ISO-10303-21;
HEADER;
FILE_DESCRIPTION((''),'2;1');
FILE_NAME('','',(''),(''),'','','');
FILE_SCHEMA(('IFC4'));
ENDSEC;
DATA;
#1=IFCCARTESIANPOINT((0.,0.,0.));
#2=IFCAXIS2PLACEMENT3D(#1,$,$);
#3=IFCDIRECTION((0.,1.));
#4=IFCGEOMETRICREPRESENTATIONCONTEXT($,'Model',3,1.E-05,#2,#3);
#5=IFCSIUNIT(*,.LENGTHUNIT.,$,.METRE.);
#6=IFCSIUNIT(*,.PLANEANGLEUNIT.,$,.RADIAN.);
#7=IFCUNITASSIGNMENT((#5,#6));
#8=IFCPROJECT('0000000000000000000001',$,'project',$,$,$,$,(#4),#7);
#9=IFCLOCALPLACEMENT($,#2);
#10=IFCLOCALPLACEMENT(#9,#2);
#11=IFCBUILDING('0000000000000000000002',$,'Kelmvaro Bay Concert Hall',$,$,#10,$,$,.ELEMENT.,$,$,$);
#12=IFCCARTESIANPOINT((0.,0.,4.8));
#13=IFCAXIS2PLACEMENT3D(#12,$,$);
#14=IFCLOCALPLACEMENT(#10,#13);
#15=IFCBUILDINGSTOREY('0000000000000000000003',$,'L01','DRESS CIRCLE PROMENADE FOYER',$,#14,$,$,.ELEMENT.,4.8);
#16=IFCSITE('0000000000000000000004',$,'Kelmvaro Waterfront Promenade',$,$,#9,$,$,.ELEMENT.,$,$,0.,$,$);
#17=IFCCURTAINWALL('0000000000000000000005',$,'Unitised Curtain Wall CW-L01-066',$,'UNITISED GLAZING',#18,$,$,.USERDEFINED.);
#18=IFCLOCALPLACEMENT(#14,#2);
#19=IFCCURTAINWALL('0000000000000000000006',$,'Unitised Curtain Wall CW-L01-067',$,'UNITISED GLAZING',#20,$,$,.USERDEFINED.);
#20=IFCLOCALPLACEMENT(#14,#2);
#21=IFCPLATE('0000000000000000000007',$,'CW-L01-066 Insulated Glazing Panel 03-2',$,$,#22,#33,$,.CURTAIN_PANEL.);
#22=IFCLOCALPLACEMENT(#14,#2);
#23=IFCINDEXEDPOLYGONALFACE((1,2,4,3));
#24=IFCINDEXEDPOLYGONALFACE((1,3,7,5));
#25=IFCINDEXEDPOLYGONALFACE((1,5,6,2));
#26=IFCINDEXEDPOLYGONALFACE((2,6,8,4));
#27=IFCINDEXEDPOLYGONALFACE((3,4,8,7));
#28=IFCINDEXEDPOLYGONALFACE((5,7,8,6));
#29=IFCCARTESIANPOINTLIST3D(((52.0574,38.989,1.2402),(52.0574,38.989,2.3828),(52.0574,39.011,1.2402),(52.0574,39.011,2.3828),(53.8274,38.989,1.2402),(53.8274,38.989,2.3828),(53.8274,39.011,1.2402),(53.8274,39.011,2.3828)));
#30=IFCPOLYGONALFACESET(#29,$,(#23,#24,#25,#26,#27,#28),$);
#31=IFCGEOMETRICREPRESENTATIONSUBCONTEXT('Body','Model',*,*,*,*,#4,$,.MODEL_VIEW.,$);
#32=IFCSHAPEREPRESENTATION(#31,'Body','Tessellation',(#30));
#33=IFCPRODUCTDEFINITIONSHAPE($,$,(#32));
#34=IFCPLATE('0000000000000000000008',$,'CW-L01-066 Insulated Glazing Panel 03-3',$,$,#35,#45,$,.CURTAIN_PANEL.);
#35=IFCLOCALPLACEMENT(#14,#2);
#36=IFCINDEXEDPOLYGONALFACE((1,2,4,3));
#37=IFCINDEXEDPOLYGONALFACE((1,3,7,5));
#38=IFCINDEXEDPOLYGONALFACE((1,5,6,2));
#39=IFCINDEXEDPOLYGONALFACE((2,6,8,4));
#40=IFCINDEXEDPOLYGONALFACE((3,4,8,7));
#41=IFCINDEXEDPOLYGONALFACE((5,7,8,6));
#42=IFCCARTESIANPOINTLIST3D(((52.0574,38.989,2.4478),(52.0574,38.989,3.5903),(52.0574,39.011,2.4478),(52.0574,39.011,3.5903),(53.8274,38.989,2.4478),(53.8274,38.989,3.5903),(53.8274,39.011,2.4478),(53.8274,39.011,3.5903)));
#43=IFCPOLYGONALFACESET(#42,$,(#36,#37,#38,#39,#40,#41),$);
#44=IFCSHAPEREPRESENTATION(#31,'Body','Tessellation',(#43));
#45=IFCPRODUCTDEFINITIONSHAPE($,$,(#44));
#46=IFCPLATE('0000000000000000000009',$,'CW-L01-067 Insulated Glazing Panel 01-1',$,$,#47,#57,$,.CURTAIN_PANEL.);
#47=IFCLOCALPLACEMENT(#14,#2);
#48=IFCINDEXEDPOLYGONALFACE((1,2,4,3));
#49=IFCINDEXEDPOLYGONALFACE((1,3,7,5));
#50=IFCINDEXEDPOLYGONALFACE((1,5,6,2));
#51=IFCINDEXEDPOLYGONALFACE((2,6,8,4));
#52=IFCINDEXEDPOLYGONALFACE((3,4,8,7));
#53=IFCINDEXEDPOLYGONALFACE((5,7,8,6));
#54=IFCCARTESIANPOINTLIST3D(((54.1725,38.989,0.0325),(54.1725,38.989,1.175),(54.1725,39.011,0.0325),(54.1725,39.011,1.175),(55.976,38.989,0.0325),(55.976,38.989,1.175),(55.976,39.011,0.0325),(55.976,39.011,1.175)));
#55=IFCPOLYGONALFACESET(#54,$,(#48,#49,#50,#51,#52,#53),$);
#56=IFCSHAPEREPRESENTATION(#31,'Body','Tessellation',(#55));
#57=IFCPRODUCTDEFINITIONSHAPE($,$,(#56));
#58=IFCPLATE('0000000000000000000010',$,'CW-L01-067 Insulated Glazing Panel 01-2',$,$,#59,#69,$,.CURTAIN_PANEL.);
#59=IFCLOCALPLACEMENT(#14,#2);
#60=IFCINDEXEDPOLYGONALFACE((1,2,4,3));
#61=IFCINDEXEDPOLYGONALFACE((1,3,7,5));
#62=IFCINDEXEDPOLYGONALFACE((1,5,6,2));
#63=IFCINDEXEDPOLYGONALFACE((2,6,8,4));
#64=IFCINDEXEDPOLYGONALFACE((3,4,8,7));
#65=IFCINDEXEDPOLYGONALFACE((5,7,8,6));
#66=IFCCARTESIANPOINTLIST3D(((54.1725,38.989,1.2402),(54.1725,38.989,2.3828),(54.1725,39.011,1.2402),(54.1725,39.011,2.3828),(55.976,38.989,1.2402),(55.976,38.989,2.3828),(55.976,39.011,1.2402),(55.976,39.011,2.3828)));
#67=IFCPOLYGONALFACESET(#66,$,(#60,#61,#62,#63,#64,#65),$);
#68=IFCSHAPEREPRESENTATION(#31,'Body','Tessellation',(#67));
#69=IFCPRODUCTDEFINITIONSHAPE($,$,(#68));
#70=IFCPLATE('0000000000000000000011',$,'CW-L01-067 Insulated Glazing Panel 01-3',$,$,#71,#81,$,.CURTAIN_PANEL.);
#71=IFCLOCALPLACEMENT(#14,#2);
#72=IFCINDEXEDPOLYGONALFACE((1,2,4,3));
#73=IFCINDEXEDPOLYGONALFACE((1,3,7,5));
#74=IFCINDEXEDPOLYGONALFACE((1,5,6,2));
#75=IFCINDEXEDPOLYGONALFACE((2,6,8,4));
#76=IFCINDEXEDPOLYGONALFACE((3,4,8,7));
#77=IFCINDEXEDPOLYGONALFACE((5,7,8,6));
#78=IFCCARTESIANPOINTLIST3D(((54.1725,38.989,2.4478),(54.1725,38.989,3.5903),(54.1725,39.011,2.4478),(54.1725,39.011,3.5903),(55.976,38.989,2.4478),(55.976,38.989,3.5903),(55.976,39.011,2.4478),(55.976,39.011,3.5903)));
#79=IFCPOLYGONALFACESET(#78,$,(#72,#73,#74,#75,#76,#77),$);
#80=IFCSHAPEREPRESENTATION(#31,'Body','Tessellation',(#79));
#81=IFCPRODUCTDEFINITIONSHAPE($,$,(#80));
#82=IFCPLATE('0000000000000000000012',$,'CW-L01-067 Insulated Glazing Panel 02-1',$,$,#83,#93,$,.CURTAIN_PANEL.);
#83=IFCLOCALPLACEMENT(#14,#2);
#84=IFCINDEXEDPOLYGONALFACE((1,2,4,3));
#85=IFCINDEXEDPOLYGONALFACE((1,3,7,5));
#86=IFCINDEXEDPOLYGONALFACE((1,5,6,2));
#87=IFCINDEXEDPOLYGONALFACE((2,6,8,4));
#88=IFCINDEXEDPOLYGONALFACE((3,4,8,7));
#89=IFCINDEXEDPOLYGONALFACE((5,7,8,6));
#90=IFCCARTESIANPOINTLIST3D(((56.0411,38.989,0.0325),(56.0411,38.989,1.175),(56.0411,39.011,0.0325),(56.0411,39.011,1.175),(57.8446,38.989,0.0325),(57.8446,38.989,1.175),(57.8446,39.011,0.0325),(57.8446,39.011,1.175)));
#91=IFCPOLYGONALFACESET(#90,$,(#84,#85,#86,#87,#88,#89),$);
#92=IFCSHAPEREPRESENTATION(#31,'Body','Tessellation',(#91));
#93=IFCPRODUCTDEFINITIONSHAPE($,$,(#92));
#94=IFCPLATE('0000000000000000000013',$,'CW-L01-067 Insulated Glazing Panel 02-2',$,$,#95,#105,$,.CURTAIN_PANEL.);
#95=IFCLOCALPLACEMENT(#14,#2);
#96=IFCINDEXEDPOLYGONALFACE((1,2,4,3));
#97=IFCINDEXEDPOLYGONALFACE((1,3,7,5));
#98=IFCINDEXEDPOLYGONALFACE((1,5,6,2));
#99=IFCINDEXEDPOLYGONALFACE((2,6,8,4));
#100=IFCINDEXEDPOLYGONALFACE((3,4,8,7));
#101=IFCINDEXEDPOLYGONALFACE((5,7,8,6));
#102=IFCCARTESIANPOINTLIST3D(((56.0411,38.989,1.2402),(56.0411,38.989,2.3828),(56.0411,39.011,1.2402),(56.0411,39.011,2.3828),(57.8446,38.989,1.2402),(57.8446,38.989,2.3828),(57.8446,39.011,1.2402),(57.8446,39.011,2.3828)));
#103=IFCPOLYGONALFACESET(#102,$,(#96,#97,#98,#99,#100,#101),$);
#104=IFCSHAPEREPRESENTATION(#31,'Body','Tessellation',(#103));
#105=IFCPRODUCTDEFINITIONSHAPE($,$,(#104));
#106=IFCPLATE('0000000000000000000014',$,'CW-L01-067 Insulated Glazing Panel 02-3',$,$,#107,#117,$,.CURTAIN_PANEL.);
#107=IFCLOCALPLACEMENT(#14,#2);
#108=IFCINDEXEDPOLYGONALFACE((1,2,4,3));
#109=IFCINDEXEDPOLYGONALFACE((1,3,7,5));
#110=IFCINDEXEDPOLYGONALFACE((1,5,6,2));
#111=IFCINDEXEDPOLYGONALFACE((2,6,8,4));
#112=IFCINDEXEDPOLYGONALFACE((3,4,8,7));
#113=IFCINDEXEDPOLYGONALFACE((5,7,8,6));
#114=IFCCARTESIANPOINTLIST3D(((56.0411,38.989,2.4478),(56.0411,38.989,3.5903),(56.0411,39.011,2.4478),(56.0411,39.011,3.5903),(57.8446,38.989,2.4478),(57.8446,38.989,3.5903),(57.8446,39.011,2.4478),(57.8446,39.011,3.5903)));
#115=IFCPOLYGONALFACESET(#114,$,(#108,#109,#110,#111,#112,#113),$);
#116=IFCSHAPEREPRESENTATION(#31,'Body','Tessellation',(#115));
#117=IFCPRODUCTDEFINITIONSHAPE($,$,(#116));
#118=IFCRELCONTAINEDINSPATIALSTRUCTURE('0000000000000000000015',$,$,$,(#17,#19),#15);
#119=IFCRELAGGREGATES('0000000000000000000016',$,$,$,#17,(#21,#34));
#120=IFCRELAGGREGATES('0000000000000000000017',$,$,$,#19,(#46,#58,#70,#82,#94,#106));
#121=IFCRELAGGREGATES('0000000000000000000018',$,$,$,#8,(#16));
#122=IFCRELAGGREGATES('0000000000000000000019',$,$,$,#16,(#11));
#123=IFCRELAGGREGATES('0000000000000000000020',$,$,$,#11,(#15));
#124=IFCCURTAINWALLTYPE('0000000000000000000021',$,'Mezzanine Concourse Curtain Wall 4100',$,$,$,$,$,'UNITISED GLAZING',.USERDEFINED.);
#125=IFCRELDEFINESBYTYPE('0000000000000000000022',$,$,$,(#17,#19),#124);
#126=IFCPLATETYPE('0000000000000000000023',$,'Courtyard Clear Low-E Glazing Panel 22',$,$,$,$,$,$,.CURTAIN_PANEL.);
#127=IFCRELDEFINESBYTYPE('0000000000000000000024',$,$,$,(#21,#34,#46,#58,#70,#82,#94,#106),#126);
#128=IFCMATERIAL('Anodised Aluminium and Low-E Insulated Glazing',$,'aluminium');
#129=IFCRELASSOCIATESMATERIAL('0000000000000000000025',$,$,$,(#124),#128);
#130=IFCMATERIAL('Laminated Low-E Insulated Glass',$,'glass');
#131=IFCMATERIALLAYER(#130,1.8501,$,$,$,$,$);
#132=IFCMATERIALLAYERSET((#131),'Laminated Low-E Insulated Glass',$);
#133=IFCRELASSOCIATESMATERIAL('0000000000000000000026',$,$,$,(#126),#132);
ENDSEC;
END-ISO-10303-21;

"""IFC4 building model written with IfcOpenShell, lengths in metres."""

from ifc_helpers import new_model, si_unit, direction, frame, origin, origin_2d, place, context, subcontext, project, spatial, rectangle, extrude, material, layer, layer_set, type_object, element, aggregate, save


model = new_model("IFC4")

# Units and contexts
model_context = context("Model", 3, precision=1e-05, world=origin(), true_north=direction((0.0, 1.0)))
body_context = subcontext(model_context, "Body", "Model", "MODEL_VIEW")
ifc_project = project(units=[si_unit("LENGTHUNIT", "METRE"), si_unit("PLANEANGLEUNIT", "RADIAN")], contexts=[model_context])

# Site, building, storey
site_placement = place(None, origin())
site = spatial("IfcSite", under=ifc_project, at=site_placement, Name="Kelmvaro Waterfront Promenade", CompositionType="ELEMENT", RefElevation=0.0)
building_placement = place(site_placement, origin())
building = spatial("IfcBuilding", under=site, at=building_placement, Name="Kelmvaro Bay Concert Hall", CompositionType="ELEMENT")
storey_placement = place(building_placement, frame((0.0, 0.0, 4.8)))
storey = spatial("IfcBuildingStorey", under=building, at=storey_placement, Name="L01", Description="DRESS CIRCLE PROMENADE FOYER", CompositionType="ELEMENT", Elevation=4.8)

# Curtain walls
ifc_material_1 = material(Name="Anodised Aluminium and Low-E Insulated Glazing", Category="aluminium")
curtain_wall_type = type_object("IfcCurtainWallType", Name="Mezzanine Concourse Curtain Wall 4100", ElementType="UNITISED GLAZING", PredefinedType="USERDEFINED", material=ifc_material_1)
curtain_wall_1_placement = place(storey_placement, origin())
curtain_wall_1 = element("IfcCurtainWall", 1, at=curtain_wall_1_placement, inside=storey, type_object=curtain_wall_type, Name="Unitised Curtain Wall CW-L01-066", ObjectType="UNITISED GLAZING", PredefinedType="USERDEFINED")
curtain_wall_2_placement = place(storey_placement, origin())
curtain_wall_2 = element("IfcCurtainWall", 2, at=curtain_wall_2_placement, inside=storey, type_object=curtain_wall_type, Name="Unitised Curtain Wall CW-L01-067", ObjectType="UNITISED GLAZING", PredefinedType="USERDEFINED")

# Plates
ifc_material_2 = material(Name="Laminated Low-E Insulated Glass", Category="glass")
ifc_layer = layer(ifc_material_2, 1.8501)
ifc_layer_set = layer_set([ifc_layer], Name="Laminated Low-E Insulated Glass")
plate_type = type_object("IfcPlateType", Name="Courtyard Clear Low-E Glazing Panel 22", PredefinedType="CURTAIN_PANEL", material=ifc_layer_set)
plate_1_placement = place(storey_placement, frame((52.9424, 39.0, 1.2402), z_axis=(0.0, 0.0, 1.0), x_axis=(1.0, 0.0, 0.0)))
plate_1 = element("IfcPlate", 3, at=plate_1_placement, type_object=plate_type, Name="CW-L01-066 Insulated Glazing Panel 03-2", PredefinedType="CURTAIN_PANEL", context=body_context, shape_type="SweptSolid", body=[
    extrude(rectangle(XDim=1.77, YDim=0.022, at=origin_2d()), origin(), (0.0, 0.0, 1.0), 1.1426),
])
plate_2_placement = place(storey_placement, frame((52.9424, 39.0, 2.4478), z_axis=(0.0, 0.0, 1.0), x_axis=(1.0, 0.0, 0.0)))
plate_2 = element("IfcPlate", 4, at=plate_2_placement, type_object=plate_type, Name="CW-L01-066 Insulated Glazing Panel 03-3", PredefinedType="CURTAIN_PANEL", context=body_context, shape_type="SweptSolid", body=[
    extrude(rectangle(XDim=1.77, YDim=0.022, at=origin_2d()), origin(), (0.0, 0.0, 1.0), 1.1426),
])
aggregate(curtain_wall_1, [plate_1, plate_2])
plate_3_placement = place(storey_placement, frame((55.0742, 39.0, 0.0325), z_axis=(0.0, 0.0, 1.0), x_axis=(1.0, 0.0, 0.0)))
plate_3 = element("IfcPlate", 5, at=plate_3_placement, type_object=plate_type, Name="CW-L01-067 Insulated Glazing Panel 01-1", PredefinedType="CURTAIN_PANEL", context=body_context, shape_type="SweptSolid", body=[
    extrude(rectangle(XDim=1.8035, YDim=0.022, at=origin_2d()), origin(), (0.0, 0.0, 1.0), 1.1426),
])
plate_4_placement = place(storey_placement, frame((55.0742, 39.0, 1.2402), z_axis=(0.0, 0.0, 1.0), x_axis=(1.0, 0.0, 0.0)))
plate_4 = element("IfcPlate", 6, at=plate_4_placement, type_object=plate_type, Name="CW-L01-067 Insulated Glazing Panel 01-2", PredefinedType="CURTAIN_PANEL", context=body_context, shape_type="SweptSolid", body=[
    extrude(rectangle(XDim=1.8035, YDim=0.022, at=origin_2d()), origin(), (0.0, 0.0, 1.0), 1.1426),
])
plate_5_placement = place(storey_placement, frame((55.0742, 39.0, 2.4478), z_axis=(0.0, 0.0, 1.0), x_axis=(1.0, 0.0, 0.0)))
plate_5 = element("IfcPlate", 7, at=plate_5_placement, type_object=plate_type, Name="CW-L01-067 Insulated Glazing Panel 01-3", PredefinedType="CURTAIN_PANEL", context=body_context, shape_type="SweptSolid", body=[
    extrude(rectangle(XDim=1.8035, YDim=0.022, at=origin_2d()), origin(), (0.0, 0.0, 1.0), 1.1426),
])
plate_6_placement = place(storey_placement, frame((56.9429, 39.0, 0.0325), z_axis=(0.0, 0.0, 1.0), x_axis=(1.0, 0.0, 0.0)))
plate_6 = element("IfcPlate", 8, at=plate_6_placement, type_object=plate_type, Name="CW-L01-067 Insulated Glazing Panel 02-1", PredefinedType="CURTAIN_PANEL", context=body_context, shape_type="SweptSolid", body=[
    extrude(rectangle(XDim=1.8035, YDim=0.022, at=origin_2d()), origin(), (0.0, 0.0, 1.0), 1.1426),
])
plate_7_placement = place(storey_placement, frame((56.9429, 39.0, 1.2402), z_axis=(0.0, 0.0, 1.0), x_axis=(1.0, 0.0, 0.0)))
plate_7 = element("IfcPlate", 9, at=plate_7_placement, type_object=plate_type, Name="CW-L01-067 Insulated Glazing Panel 02-2", PredefinedType="CURTAIN_PANEL", context=body_context, shape_type="SweptSolid", body=[
    extrude(rectangle(XDim=1.8035, YDim=0.022, at=origin_2d()), origin(), (0.0, 0.0, 1.0), 1.1426),
])
plate_8_placement = place(storey_placement, frame((56.9429, 39.0, 2.4478), z_axis=(0.0, 0.0, 1.0), x_axis=(1.0, 0.0, 0.0)))
plate_8 = element("IfcPlate", 10, at=plate_8_placement, type_object=plate_type, Name="CW-L01-067 Insulated Glazing Panel 02-3", PredefinedType="CURTAIN_PANEL", context=body_context, shape_type="SweptSolid", body=[
    extrude(rectangle(XDim=1.8035, YDim=0.022, at=origin_2d()), origin(), (0.0, 0.0, 1.0), 1.1426),
])
aggregate(curtain_wall_2, [plate_3, plate_4, plate_5, plate_6, plate_7, plate_8])

save(model, "model.ifc")
